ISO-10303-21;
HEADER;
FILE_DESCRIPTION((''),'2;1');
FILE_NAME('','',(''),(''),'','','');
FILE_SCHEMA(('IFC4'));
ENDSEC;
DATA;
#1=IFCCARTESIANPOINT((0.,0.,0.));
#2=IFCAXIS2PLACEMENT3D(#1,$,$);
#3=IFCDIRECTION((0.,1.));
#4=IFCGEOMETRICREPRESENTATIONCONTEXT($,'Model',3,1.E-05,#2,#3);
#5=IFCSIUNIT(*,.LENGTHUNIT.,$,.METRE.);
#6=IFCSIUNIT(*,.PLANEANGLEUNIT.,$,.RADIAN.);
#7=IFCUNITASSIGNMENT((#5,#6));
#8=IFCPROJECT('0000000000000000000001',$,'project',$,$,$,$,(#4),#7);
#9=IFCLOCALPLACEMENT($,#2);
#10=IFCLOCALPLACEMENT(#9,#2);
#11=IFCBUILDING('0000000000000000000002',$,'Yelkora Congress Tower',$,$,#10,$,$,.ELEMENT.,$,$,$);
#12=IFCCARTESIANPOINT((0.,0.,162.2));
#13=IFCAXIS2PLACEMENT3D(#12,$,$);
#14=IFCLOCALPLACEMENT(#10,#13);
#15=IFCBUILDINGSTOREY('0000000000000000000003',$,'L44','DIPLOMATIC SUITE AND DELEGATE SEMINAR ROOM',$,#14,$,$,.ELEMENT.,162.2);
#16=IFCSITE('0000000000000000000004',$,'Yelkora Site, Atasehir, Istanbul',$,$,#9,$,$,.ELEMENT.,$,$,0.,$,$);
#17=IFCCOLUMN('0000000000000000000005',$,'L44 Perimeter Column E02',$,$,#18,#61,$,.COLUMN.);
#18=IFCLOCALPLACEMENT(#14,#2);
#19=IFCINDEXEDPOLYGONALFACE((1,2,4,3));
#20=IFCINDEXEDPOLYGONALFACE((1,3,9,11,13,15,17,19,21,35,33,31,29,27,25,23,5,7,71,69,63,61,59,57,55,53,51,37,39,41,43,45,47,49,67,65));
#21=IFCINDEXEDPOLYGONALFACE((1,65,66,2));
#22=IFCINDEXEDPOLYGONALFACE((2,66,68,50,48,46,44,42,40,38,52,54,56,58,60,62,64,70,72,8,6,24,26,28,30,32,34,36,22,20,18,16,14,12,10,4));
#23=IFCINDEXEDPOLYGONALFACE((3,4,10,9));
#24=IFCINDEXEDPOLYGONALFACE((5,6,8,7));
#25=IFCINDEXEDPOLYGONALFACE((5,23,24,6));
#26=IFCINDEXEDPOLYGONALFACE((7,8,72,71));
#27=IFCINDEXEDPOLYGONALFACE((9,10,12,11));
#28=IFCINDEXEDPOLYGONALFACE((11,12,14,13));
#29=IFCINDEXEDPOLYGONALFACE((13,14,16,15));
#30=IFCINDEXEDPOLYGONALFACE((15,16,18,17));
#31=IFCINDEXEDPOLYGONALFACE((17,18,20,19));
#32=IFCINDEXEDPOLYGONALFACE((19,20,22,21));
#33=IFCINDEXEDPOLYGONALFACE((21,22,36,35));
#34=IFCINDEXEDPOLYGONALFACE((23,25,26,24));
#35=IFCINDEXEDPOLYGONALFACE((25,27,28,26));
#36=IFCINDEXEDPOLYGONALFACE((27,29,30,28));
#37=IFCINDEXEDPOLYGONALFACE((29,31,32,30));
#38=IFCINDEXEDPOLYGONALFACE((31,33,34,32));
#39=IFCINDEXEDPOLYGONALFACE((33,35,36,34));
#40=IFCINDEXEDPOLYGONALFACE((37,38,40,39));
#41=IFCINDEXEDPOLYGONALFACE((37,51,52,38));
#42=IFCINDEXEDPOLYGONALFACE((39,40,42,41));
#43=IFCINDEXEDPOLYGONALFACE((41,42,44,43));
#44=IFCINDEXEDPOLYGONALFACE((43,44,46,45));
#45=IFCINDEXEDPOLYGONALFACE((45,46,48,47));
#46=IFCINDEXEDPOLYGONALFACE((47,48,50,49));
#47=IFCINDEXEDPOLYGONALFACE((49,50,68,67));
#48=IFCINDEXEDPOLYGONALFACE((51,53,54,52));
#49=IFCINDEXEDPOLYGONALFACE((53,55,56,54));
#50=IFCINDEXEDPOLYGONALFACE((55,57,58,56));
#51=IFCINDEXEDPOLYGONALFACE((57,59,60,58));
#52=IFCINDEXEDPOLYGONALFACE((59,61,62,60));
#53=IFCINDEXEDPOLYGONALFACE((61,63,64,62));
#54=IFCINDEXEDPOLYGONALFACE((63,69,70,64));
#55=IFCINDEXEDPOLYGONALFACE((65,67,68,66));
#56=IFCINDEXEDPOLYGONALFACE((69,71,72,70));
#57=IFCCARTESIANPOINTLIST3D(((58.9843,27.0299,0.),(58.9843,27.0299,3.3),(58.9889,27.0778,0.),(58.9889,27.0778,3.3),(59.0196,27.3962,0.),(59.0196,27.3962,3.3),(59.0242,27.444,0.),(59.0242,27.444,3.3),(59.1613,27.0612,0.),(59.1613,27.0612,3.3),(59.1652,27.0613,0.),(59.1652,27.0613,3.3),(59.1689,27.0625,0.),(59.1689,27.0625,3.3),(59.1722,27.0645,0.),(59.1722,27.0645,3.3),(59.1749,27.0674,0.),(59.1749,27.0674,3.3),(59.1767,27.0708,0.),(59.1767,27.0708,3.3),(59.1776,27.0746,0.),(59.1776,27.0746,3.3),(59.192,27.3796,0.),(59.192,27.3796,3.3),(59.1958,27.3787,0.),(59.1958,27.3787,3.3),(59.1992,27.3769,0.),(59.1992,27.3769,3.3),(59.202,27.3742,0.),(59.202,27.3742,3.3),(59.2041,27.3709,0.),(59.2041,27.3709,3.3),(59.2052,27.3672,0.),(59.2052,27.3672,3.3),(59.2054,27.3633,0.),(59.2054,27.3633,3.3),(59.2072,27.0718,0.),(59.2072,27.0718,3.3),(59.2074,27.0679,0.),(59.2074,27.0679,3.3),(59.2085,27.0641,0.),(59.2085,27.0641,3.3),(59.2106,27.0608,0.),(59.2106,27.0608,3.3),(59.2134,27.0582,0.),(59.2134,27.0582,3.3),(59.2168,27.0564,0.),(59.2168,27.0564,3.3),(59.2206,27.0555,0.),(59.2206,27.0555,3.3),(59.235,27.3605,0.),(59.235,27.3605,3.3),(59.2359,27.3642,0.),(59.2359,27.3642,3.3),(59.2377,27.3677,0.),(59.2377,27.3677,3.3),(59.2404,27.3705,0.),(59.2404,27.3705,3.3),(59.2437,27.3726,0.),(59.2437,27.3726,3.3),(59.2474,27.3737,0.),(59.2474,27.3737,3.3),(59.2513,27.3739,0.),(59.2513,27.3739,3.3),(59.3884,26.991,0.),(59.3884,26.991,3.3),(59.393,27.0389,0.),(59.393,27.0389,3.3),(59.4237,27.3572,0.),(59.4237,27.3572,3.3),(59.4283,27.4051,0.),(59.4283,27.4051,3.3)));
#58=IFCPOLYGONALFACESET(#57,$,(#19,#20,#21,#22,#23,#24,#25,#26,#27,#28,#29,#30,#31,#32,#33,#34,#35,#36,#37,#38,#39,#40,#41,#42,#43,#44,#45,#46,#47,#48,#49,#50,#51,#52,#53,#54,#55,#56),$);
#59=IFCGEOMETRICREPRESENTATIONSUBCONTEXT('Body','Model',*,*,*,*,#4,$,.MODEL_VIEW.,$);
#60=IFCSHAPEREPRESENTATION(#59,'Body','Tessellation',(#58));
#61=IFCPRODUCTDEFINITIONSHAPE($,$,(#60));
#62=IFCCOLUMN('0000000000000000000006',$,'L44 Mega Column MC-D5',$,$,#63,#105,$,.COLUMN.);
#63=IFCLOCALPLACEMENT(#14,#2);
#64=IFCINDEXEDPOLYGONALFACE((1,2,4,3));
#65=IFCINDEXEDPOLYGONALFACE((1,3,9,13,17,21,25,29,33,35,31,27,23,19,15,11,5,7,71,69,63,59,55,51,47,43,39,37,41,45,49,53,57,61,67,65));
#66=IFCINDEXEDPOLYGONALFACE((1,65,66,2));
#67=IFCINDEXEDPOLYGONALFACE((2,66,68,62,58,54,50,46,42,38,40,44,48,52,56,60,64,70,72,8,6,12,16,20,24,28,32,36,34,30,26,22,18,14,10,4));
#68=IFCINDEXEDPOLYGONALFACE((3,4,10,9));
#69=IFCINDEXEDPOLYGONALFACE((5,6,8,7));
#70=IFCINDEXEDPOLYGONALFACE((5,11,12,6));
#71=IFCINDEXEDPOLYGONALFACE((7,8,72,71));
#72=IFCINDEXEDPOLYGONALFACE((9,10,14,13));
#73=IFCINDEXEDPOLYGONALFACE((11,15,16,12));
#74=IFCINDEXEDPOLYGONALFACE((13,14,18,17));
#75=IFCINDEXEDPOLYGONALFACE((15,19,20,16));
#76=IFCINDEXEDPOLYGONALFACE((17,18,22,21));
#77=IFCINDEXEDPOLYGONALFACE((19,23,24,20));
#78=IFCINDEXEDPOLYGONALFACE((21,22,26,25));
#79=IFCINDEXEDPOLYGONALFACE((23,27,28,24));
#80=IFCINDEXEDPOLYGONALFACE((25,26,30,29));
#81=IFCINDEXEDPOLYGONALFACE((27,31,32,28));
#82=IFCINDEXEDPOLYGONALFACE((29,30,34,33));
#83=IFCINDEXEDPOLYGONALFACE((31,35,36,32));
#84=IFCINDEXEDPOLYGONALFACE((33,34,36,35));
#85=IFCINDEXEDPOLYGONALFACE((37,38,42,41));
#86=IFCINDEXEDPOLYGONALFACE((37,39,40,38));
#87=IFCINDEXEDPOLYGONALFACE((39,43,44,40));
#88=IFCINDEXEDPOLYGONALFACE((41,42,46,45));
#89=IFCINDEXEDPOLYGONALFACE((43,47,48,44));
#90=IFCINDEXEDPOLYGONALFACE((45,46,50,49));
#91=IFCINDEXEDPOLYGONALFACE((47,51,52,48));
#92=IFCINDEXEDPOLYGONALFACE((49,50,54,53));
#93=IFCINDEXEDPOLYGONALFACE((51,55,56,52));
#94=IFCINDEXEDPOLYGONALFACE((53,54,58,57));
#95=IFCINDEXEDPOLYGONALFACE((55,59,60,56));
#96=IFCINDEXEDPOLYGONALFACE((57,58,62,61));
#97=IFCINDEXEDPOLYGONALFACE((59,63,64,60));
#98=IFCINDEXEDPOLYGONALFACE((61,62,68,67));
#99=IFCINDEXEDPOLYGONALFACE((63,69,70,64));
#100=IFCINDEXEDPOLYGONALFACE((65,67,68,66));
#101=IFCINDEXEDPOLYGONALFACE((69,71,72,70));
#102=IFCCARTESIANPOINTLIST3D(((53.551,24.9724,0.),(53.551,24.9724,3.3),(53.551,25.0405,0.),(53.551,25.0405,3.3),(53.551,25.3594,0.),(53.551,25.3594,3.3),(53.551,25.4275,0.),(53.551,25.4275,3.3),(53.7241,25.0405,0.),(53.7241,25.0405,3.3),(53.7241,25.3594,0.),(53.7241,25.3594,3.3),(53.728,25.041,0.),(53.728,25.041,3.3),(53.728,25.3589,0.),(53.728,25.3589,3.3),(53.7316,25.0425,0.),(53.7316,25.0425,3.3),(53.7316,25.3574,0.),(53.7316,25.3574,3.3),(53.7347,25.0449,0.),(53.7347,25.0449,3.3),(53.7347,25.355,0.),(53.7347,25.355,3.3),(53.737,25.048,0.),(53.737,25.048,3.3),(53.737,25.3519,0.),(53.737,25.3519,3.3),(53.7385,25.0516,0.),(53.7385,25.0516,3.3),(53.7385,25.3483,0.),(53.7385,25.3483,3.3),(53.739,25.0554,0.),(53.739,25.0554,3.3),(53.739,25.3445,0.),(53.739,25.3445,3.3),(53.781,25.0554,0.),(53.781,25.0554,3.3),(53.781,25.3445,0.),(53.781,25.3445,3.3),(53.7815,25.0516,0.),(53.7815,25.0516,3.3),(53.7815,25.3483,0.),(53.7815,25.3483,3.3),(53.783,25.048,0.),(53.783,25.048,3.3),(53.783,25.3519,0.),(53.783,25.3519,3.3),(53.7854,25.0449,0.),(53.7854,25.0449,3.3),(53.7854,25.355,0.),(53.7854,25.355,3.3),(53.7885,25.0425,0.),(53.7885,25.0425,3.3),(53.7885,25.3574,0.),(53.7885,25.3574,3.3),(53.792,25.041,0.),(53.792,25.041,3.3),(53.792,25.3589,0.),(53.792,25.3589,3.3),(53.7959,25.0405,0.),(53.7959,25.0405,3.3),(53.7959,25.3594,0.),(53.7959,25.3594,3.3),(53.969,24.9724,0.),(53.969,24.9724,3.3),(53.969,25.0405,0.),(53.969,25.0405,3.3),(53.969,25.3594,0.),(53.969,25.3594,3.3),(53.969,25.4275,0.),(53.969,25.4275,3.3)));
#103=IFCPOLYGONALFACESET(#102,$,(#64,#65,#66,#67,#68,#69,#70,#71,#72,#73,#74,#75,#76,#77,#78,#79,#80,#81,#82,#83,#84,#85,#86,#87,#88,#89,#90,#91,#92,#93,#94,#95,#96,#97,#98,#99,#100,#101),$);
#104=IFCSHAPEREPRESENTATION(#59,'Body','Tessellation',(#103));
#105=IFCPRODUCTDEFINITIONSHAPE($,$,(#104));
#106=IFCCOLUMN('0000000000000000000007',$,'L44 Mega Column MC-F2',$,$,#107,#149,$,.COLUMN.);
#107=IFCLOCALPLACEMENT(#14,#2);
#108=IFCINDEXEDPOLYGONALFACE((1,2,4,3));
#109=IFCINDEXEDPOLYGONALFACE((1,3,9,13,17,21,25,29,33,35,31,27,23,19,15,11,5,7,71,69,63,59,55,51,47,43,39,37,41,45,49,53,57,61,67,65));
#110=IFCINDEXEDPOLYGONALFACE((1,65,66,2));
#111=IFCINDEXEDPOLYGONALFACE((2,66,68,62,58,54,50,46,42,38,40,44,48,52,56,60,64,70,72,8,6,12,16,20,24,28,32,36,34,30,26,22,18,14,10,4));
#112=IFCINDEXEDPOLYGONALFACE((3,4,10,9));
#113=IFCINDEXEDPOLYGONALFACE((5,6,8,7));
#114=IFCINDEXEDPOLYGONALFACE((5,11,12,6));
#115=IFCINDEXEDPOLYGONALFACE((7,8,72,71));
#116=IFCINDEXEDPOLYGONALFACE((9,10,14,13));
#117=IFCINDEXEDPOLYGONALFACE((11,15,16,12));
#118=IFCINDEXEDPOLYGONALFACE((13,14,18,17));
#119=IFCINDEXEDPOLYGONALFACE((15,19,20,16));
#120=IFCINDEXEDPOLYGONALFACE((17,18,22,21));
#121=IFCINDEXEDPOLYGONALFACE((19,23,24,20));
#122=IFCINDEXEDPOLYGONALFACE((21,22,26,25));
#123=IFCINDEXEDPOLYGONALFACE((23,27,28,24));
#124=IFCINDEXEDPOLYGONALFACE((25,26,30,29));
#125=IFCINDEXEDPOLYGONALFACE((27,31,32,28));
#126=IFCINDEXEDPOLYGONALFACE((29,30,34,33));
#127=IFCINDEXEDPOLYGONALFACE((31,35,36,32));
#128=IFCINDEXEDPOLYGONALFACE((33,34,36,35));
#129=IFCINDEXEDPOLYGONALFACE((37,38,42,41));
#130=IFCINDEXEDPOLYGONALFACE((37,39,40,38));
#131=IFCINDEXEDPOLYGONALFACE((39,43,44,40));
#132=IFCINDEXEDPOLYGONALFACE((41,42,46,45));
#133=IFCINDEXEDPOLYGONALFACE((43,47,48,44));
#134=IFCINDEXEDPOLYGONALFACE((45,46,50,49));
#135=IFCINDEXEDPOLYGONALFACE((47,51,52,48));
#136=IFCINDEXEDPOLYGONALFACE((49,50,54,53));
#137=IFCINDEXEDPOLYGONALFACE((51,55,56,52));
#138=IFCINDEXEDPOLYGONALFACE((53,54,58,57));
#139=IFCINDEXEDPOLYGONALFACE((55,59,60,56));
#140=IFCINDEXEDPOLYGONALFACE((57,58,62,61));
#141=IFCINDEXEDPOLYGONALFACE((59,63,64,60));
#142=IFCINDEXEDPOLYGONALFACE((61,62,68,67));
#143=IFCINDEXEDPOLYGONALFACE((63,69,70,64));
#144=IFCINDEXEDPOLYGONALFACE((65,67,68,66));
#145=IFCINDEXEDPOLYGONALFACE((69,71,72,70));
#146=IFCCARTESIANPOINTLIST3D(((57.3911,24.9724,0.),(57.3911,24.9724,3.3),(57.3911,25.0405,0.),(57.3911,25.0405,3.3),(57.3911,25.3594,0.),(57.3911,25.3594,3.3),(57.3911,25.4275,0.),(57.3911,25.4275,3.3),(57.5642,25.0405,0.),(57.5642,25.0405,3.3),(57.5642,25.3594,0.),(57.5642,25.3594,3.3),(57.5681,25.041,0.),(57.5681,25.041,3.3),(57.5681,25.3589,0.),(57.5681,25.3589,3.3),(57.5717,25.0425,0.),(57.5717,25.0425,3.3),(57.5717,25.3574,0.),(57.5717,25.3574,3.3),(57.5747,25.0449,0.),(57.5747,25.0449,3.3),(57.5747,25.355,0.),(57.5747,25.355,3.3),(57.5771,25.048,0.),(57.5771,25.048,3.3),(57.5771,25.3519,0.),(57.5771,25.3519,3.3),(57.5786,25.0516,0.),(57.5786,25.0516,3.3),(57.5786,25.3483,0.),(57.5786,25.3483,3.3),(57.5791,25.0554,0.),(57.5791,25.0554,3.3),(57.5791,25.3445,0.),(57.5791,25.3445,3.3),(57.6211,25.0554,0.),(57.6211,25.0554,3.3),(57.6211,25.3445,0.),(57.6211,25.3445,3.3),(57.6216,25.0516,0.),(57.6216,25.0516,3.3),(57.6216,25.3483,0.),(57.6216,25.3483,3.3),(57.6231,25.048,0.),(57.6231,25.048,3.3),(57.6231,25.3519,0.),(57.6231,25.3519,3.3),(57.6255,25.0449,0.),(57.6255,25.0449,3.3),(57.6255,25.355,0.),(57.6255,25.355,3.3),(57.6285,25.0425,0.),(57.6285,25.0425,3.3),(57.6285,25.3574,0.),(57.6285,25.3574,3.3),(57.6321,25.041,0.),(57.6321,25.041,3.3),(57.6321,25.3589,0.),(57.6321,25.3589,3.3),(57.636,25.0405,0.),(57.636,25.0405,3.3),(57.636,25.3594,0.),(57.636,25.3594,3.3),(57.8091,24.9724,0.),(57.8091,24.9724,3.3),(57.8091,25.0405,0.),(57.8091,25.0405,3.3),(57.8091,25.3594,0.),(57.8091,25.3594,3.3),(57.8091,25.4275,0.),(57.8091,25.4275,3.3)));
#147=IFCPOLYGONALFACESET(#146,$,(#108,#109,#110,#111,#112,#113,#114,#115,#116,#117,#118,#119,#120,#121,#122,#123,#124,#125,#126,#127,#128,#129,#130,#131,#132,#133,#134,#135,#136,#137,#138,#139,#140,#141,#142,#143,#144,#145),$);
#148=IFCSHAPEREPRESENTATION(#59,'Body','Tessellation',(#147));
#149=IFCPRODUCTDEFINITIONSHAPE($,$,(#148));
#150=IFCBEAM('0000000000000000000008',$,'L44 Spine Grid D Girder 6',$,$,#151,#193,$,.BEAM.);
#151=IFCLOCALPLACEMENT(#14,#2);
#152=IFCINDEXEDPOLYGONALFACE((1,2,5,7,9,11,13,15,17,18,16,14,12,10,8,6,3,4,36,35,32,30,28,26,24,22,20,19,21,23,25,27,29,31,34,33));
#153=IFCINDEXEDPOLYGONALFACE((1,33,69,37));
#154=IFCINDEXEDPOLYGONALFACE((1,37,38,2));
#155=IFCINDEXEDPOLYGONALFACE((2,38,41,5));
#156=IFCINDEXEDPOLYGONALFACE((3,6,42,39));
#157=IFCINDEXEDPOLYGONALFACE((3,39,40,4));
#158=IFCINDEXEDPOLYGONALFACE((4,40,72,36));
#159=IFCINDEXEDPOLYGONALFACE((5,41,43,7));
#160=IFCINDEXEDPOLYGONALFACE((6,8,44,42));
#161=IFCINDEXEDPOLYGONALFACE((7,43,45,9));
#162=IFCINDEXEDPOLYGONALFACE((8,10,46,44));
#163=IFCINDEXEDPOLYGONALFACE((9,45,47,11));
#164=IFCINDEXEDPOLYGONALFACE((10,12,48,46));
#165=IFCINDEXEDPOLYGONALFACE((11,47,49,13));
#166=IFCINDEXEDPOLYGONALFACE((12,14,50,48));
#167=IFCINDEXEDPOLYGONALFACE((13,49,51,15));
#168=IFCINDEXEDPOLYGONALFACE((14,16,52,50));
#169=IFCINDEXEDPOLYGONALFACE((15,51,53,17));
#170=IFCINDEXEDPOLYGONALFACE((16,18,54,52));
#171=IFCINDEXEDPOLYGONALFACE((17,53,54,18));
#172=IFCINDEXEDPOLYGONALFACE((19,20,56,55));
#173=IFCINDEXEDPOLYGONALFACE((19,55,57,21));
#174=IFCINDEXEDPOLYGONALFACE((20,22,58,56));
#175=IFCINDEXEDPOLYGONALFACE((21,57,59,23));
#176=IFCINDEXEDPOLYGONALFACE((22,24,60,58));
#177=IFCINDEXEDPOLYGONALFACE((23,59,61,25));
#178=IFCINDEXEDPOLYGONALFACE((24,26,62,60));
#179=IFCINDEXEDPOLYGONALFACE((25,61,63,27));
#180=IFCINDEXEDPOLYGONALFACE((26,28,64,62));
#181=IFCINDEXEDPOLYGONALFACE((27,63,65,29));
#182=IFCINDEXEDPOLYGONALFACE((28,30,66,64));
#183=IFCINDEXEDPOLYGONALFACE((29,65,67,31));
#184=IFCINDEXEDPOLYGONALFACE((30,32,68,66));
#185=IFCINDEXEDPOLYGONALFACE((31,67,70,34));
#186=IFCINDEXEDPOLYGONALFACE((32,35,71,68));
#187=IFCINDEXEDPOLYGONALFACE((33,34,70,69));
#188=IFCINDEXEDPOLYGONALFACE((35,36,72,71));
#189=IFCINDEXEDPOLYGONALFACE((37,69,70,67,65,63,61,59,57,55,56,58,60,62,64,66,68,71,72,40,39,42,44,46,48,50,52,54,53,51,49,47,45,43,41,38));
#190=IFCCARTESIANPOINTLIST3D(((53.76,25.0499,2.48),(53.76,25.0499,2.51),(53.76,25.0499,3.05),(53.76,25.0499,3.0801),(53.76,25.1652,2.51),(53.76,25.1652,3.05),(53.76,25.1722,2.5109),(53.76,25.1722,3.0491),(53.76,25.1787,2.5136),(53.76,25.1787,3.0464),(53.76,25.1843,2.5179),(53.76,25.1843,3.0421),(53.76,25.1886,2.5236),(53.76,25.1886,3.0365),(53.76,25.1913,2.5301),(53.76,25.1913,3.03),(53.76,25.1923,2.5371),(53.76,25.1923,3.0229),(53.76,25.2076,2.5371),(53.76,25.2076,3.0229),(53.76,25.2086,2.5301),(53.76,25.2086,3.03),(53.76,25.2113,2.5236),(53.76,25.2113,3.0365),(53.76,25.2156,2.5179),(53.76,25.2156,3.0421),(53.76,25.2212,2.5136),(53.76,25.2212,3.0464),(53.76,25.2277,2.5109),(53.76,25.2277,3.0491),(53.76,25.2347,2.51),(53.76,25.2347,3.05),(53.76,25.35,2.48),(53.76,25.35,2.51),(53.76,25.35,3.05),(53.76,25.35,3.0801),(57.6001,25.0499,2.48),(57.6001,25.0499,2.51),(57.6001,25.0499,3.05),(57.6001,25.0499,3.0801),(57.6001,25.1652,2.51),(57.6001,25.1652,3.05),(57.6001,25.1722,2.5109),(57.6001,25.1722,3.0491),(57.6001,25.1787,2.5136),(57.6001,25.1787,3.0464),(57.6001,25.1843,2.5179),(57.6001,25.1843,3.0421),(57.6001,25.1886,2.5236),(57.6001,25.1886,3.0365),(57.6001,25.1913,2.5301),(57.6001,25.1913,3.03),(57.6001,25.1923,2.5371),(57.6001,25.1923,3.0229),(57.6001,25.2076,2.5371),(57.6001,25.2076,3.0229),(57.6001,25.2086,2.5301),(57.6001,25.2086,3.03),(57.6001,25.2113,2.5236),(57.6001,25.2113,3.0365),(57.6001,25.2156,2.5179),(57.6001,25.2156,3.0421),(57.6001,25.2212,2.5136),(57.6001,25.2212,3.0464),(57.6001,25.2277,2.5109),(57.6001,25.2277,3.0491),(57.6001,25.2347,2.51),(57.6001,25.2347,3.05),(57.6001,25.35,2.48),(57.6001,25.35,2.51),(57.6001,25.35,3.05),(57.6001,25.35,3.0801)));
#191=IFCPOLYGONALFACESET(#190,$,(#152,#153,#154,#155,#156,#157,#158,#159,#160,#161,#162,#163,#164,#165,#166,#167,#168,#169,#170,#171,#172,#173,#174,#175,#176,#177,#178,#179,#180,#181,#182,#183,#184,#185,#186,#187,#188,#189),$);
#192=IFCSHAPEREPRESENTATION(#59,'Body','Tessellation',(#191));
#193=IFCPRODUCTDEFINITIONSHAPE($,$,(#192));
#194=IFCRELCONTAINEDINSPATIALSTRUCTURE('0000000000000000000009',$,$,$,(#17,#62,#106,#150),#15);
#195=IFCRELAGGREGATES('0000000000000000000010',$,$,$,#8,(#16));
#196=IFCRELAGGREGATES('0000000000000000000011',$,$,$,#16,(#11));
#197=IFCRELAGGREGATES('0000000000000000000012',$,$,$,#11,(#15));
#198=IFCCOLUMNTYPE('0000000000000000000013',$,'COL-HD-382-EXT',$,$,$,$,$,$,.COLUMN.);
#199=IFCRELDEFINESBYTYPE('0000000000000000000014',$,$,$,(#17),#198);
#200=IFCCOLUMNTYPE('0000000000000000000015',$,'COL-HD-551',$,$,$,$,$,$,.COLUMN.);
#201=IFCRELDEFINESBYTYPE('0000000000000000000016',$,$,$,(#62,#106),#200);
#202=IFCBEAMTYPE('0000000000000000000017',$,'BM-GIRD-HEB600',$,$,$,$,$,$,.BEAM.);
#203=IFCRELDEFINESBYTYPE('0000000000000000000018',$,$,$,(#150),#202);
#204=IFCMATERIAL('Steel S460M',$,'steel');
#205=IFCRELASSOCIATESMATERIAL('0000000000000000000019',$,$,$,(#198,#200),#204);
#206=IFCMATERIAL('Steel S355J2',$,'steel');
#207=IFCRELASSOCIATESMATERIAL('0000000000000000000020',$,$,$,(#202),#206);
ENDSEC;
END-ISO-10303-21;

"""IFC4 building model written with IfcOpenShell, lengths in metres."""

from ifc_helpers import new_model, si_unit, direction, frame, origin, origin_2d, place, context, subcontext, project, spatial, i_section, extrude, material, material_profile, profile_set, type_object, element, save


model = new_model("IFC4")

# Units and contexts
model_context = context("Model", 3, precision=1e-05, world=origin(), true_north=direction((0.0, 1.0)))
body_context = subcontext(model_context, "Body", "Model", "MODEL_VIEW")
ifc_project = project(units=[si_unit("LENGTHUNIT", "METRE"), si_unit("PLANEANGLEUNIT", "RADIAN")], contexts=[model_context])

# Site, building, storey
site_placement = place(None, origin())
site = spatial("IfcSite", under=ifc_project, at=site_placement, Name="Yelkora Site, Atasehir, Istanbul", CompositionType="ELEMENT", RefElevation=0.0)
building_placement = place(site_placement, origin())
building = spatial("IfcBuilding", under=site, at=building_placement, Name="Yelkora Congress Tower", CompositionType="ELEMENT")
storey_placement = place(building_placement, frame((0.0, 0.0, 162.2)))
storey = spatial("IfcBuildingStorey", under=building, at=storey_placement, Name="L44", Description="DIPLOMATIC SUITE AND DELEGATE SEMINAR ROOM", CompositionType="ELEMENT", Elevation=162.2)

# Columns
ifc_material_1 = material(Name="Steel S460M", Category="steel")
ifc_material_profile_1 = material_profile(ifc_material_1, i_section(OverallWidth=0.406, OverallDepth=0.416, WebThickness=0.0298, FlangeThickness=0.0481, FilletRadius=0.0149, at=origin_2d()), Name="HD 400x382")
ifc_profile_set_1 = profile_set([ifc_material_profile_1], Name="Steel S460M")
column_type_1 = type_object("IfcColumnType", Name="COL-HD-382-EXT", PredefinedType="COLUMN", material=ifc_profile_set_1)
column_placement = place(storey_placement, frame((59.2063, 27.2175, 0.0), z_axis=(0.0, 0.0, 1.0), x_axis=(0.995396, -0.095846, 0.0)))
element("IfcColumn", 1, at=column_placement, inside=storey, type_object=column_type_1, Name="L44 Perimeter Column E02", PredefinedType="COLUMN", context=body_context, shape_type="SweptSolid", body=[
    extrude(i_section(OverallWidth=0.406, OverallDepth=0.416, WebThickness=0.0298, FlangeThickness=0.0481, FilletRadius=0.0149, at=origin_2d()), origin(), (0.0, 0.0, 1.0), 3.3),
])
ifc_material_profile_2 = material_profile(ifc_material_1, i_section(OverallWidth=0.418, OverallDepth=0.4551, WebThickness=0.042, FlangeThickness=0.0681, FilletRadius=0.0149, at=origin_2d()), Name="HD 400x551")
ifc_profile_set_2 = profile_set([ifc_material_profile_2], Name="Steel S460M")
column_type_2 = type_object("IfcColumnType", Name="COL-HD-551", PredefinedType="COLUMN", material=ifc_profile_set_2)
for number, where, z_axis, x_axis, name in (
    (2, (53.76, 25.2, 0.0), (0.0, 0.0, 1.0), (1.0, 0.0, 0.0), "L44 Mega Column MC-D5"),
    (3, (57.6001, 25.2, 0.0), (0.0, 0.0, 1.0), (1.0, 0.0, 0.0), "L44 Mega Column MC-F2"),
):
    element("IfcColumn", number, at=place(storey_placement, frame(where, z_axis=z_axis, x_axis=x_axis)), inside=storey, type_object=column_type_2, Name=name, PredefinedType="COLUMN", context=body_context, shape_type="SweptSolid", body=[
        extrude(i_section(OverallWidth=0.418, OverallDepth=0.4551, WebThickness=0.042, FlangeThickness=0.0681, FilletRadius=0.0149, at=origin_2d()), origin(), (0.0, 0.0, 1.0), 3.3),
    ])

# Beam
ifc_material_2 = material(Name="Steel S355J2", Category="steel")
ifc_material_profile_3 = material_profile(ifc_material_2, i_section(OverallWidth=0.3, OverallDepth=0.6001, WebThickness=0.0154, FlangeThickness=0.03, FilletRadius=0.0271, at=origin_2d()), Name="HEB 600")
ifc_profile_set_3 = profile_set([ifc_material_profile_3], Name="Steel S355J2")
beam_type_1 = type_object("IfcBeamType", Name="BM-GIRD-HEB600", PredefinedType="BEAM", material=ifc_profile_set_3)
beam_1_placement = place(storey_placement, frame((53.76, 25.2, 2.78), z_axis=(1.0, 0.0, 0.0), x_axis=(0.0, 1.0, 0.0)))
element("IfcBeam", 4, at=beam_1_placement, inside=storey, type_object=beam_type_1, Name="L44 Spine Grid D Girder 6", PredefinedType="BEAM", context=body_context, shape_type="SweptSolid", body=[
    extrude(i_section(OverallWidth=0.3, OverallDepth=0.6001, WebThickness=0.0154, FlangeThickness=0.03, FilletRadius=0.0271, at=origin_2d()), origin(), (0.0, 0.0, 1.0), 3.8401),
])

save(model, "model.ifc")
